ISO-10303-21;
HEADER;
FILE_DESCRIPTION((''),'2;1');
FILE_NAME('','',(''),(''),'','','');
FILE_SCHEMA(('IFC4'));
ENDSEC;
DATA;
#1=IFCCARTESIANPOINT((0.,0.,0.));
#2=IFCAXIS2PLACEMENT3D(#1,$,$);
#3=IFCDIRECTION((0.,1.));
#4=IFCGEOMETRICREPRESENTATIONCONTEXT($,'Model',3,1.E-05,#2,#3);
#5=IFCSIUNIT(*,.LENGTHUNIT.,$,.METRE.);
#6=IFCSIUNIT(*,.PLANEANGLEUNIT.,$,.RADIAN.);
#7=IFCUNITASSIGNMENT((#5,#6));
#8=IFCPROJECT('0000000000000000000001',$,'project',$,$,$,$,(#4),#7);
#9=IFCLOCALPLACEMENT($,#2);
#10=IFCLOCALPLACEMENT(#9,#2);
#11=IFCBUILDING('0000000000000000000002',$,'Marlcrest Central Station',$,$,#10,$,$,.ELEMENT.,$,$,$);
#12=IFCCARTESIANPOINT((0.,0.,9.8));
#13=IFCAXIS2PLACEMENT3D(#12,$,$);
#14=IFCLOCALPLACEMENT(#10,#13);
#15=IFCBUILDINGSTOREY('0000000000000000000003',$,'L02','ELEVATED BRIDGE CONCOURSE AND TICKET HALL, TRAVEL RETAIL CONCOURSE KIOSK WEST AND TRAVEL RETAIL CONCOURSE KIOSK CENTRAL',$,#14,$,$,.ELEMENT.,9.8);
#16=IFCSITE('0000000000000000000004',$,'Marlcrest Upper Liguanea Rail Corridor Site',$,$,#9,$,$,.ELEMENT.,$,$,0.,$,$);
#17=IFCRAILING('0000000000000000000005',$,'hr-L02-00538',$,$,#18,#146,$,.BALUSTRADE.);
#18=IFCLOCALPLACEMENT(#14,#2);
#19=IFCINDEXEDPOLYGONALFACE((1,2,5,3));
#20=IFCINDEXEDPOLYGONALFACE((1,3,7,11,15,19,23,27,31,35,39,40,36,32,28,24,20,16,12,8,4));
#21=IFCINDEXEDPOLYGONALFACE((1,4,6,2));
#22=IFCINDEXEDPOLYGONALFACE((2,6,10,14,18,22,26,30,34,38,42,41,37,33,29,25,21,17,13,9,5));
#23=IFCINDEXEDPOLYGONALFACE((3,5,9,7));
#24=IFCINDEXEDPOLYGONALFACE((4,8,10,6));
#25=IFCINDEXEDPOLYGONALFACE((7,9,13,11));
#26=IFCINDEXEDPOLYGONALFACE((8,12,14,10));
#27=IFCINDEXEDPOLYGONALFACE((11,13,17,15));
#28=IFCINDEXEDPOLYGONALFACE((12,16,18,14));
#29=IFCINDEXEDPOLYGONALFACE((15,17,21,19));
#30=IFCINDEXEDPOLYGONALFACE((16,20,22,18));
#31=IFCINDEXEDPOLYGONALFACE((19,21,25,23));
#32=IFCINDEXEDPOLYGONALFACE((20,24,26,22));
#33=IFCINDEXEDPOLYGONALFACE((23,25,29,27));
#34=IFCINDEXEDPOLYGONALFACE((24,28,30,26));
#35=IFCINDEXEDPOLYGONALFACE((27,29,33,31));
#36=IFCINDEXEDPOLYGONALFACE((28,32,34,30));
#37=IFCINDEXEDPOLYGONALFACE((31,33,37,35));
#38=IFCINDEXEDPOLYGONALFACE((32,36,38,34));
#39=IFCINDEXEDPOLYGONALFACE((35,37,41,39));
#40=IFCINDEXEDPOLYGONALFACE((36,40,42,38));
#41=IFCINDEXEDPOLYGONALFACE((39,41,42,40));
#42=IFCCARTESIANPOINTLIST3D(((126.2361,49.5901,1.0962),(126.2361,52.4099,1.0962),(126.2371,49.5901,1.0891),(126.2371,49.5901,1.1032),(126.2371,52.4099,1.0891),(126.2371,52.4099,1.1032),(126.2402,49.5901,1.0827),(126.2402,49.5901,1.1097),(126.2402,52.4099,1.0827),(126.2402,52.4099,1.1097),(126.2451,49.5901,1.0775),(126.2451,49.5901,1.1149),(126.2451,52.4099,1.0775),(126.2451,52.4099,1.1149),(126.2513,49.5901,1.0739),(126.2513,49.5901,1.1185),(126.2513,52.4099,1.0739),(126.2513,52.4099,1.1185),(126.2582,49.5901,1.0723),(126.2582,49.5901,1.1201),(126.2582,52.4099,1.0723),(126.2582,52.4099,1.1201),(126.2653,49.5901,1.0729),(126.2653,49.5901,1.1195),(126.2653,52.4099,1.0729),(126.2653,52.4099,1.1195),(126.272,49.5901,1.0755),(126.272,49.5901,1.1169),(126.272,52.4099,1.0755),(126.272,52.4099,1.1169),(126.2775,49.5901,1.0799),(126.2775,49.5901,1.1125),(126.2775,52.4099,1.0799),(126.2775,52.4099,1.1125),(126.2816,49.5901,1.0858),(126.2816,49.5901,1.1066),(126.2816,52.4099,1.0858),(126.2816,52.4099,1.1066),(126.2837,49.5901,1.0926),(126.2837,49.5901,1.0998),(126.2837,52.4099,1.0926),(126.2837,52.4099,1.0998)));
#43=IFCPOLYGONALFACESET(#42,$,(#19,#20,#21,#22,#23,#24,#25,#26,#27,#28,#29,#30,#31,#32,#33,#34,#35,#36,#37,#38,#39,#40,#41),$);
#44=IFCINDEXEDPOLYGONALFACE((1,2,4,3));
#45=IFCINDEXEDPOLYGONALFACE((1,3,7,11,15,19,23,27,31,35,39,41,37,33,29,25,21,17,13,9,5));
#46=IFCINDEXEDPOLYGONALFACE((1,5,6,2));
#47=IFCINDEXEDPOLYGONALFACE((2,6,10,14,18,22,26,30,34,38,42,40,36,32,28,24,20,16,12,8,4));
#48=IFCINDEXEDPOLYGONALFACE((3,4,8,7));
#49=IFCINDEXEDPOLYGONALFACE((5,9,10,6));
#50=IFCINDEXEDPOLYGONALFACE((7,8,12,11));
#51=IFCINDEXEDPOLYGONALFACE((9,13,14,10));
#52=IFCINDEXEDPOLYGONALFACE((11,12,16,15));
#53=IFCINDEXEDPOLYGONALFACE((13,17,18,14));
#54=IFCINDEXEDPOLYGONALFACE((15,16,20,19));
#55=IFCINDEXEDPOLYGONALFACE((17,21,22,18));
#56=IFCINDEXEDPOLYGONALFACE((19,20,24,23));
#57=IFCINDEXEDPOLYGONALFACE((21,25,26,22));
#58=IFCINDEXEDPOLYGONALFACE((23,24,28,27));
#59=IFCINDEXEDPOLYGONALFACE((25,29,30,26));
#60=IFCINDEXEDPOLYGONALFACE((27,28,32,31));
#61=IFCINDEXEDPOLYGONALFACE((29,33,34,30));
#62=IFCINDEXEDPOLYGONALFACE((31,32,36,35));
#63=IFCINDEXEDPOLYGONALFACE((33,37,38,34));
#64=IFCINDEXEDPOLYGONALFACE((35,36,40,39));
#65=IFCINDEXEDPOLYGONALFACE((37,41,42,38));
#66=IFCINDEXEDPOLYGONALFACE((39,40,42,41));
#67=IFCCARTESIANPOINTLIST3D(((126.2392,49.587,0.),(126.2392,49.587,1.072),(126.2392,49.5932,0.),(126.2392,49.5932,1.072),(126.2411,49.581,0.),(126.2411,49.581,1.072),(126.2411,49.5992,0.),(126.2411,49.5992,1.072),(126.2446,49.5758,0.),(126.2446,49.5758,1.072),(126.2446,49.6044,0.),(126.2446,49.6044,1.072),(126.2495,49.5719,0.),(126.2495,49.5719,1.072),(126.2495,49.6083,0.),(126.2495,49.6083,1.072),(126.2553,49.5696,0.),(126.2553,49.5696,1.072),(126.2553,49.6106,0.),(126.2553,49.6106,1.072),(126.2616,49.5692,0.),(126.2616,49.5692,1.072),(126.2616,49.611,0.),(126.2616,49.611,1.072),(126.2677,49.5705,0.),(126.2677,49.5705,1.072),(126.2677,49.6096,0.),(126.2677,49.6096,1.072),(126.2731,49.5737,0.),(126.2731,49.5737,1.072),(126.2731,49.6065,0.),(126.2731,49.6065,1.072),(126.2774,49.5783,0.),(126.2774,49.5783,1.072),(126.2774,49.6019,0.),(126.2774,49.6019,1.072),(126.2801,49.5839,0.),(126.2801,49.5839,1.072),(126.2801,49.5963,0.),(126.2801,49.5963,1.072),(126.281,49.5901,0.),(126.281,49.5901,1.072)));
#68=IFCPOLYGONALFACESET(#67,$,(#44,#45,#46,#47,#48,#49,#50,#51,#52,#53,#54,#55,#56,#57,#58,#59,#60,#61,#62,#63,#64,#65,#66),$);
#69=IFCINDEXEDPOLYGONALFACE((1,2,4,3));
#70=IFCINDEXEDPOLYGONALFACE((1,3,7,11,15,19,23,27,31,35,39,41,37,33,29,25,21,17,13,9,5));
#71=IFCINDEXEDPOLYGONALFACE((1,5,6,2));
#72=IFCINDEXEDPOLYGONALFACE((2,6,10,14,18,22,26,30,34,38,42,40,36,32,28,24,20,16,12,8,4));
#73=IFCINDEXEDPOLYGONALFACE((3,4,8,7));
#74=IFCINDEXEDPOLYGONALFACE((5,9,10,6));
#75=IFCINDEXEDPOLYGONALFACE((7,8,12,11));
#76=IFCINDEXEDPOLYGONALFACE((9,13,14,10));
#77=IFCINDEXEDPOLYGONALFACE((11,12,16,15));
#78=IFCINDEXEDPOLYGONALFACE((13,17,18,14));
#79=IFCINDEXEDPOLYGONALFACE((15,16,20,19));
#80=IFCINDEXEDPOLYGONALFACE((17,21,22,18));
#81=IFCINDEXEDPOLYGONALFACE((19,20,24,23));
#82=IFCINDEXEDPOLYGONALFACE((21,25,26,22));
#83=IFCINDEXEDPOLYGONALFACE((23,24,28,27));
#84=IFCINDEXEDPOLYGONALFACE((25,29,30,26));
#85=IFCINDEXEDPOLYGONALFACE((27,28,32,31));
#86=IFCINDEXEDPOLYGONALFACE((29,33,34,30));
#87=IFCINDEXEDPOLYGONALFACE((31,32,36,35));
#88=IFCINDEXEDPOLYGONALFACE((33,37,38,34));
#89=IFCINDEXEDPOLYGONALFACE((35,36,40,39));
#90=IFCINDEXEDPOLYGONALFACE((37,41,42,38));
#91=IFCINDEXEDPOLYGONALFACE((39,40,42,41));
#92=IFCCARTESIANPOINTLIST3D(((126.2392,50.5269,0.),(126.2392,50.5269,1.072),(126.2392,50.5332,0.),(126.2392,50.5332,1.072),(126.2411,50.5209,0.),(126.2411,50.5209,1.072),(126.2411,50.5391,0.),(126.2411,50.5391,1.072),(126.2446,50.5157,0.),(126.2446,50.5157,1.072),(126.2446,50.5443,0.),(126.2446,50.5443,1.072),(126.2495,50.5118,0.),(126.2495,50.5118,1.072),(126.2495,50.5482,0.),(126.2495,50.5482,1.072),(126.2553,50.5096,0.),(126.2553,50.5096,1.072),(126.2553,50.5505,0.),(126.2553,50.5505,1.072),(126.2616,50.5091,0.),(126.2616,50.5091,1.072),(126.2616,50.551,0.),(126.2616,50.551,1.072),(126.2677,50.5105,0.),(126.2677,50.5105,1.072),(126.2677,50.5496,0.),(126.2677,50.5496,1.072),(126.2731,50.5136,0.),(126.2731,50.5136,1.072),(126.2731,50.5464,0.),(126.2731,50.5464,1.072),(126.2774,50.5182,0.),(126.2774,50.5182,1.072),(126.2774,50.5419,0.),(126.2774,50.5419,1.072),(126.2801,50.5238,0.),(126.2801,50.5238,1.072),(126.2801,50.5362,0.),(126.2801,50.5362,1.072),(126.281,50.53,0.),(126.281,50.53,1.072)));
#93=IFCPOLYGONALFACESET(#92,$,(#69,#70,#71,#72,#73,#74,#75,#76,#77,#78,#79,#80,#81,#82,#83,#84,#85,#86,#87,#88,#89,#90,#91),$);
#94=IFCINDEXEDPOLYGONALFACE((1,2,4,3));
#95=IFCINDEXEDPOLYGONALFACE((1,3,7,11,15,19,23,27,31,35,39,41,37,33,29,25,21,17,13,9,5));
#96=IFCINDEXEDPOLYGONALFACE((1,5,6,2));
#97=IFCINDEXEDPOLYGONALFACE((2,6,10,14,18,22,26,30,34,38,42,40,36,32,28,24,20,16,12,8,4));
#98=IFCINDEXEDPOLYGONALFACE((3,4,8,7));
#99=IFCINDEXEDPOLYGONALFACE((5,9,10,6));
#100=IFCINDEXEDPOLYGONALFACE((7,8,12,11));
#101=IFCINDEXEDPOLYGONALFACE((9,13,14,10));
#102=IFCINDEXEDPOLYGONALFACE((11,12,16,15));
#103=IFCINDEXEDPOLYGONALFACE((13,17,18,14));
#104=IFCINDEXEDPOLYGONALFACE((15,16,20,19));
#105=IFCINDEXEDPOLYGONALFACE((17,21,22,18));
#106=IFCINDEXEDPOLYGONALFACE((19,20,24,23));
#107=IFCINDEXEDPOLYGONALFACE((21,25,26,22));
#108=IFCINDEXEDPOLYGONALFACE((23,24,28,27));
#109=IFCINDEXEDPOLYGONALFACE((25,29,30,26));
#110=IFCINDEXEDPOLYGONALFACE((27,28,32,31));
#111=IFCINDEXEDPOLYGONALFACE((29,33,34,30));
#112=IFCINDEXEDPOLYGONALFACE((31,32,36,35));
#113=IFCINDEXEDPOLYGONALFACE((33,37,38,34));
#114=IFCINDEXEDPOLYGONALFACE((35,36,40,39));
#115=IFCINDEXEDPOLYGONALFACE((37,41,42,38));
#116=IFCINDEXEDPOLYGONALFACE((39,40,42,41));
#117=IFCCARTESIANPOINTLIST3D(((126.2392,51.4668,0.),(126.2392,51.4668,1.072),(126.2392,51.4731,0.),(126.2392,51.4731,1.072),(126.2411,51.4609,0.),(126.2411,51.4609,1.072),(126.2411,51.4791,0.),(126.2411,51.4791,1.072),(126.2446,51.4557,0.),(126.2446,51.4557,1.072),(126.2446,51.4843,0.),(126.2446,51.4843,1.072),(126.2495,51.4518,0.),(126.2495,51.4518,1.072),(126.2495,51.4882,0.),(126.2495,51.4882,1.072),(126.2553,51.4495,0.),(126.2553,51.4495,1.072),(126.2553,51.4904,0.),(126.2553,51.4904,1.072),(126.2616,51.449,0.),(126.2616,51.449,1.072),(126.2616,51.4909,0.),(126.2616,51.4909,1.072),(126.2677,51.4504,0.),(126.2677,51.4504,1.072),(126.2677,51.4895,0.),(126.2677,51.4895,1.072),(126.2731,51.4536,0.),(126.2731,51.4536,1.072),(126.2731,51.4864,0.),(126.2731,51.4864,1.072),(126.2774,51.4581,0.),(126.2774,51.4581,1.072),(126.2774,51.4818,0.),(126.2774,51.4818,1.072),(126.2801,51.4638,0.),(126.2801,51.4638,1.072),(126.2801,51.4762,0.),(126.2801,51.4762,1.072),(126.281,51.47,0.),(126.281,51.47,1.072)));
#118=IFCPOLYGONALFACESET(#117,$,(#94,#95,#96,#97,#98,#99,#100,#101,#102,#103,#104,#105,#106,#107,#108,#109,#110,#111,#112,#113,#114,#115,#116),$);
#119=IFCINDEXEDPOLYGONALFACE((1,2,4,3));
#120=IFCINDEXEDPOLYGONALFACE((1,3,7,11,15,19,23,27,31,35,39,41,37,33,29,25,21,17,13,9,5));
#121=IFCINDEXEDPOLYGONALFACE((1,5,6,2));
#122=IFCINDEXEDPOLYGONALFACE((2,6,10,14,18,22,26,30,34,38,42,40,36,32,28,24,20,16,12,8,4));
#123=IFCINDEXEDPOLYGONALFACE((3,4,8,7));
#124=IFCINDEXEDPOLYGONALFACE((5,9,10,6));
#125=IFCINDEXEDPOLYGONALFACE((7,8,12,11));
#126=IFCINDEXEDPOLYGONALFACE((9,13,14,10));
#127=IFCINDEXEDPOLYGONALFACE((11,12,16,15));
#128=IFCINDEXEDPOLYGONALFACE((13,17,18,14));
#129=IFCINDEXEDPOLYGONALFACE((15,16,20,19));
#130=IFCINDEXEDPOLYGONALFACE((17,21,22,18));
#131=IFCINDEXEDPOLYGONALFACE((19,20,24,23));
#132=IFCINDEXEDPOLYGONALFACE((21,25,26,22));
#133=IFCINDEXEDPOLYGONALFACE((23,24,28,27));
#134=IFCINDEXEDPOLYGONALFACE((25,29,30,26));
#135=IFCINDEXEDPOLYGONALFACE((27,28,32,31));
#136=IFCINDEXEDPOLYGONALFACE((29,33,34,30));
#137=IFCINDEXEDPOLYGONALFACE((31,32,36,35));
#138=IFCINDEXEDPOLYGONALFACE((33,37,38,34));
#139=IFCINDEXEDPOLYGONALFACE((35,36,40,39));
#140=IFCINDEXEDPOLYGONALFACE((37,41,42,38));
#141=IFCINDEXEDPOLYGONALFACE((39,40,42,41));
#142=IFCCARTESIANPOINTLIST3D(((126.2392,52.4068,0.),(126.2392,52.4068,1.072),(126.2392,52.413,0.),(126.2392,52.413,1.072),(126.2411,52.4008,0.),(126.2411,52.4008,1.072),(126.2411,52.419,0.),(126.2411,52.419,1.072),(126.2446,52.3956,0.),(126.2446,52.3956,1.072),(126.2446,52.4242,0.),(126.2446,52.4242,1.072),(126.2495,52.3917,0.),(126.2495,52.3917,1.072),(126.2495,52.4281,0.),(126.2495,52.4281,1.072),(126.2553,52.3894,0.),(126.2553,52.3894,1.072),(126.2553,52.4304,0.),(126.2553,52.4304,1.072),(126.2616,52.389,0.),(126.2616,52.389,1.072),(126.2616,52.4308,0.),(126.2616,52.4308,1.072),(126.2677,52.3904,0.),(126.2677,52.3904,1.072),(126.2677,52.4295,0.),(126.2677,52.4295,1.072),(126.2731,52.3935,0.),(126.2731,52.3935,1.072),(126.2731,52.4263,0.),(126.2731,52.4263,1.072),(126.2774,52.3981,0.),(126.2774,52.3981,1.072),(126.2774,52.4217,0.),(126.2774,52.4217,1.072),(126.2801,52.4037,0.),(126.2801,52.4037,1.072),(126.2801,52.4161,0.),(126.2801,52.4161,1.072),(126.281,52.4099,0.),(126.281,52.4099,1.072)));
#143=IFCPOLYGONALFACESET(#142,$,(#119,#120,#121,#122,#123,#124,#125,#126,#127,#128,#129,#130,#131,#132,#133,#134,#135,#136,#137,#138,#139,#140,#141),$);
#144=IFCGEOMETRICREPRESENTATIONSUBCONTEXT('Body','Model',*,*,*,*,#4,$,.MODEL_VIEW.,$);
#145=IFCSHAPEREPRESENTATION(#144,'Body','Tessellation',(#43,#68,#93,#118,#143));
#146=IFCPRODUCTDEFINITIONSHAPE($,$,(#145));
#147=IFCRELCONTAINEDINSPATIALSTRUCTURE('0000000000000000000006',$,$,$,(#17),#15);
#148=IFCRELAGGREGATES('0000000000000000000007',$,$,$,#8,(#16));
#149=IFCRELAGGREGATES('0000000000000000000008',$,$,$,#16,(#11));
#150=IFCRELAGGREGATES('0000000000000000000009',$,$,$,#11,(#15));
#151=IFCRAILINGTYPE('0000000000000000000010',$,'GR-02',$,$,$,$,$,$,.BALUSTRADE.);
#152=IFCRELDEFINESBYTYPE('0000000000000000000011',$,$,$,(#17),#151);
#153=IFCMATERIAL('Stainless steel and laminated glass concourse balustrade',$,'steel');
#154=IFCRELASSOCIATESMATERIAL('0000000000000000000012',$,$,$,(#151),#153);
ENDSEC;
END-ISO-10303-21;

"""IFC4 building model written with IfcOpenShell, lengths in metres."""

from ifc_helpers import new_model, si_unit, direction, frame, origin, origin_2d, place, context, subcontext, project, spatial, circle, extrude, material, type_object, element, save


model = new_model("IFC4")

# Units and contexts
model_context = context("Model", 3, precision=1e-05, world=origin(), true_north=direction((0.0, 1.0)))
body_context = subcontext(model_context, "Body", "Model", "MODEL_VIEW")
ifc_project = project(units=[si_unit("LENGTHUNIT", "METRE"), si_unit("PLANEANGLEUNIT", "RADIAN")], contexts=[model_context])

# Site, building, storey
site_placement = place(None, origin())
site = spatial("IfcSite", under=ifc_project, at=site_placement, Name="Marlcrest Upper Liguanea Rail Corridor Site", CompositionType="ELEMENT", RefElevation=0.0)
building_placement = place(site_placement, origin())
building = spatial("IfcBuilding", under=site, at=building_placement, Name="Marlcrest Central Station", CompositionType="ELEMENT")
storey_placement = place(building_placement, frame((0.0, 0.0, 9.8)))
storey = spatial("IfcBuildingStorey", under=building, at=storey_placement, Name="L02", Description="ELEVATED BRIDGE CONCOURSE AND TICKET HALL, TRAVEL RETAIL CONCOURSE KIOSK WEST AND TRAVEL RETAIL CONCOURSE KIOSK CENTRAL", CompositionType="ELEMENT", Elevation=9.8)

# Railing
ifc_material_1 = material(Name="Stainless steel and laminated glass concourse balustrade", Category="steel")
railing_type = type_object("IfcRailingType", Name="GR-02", PredefinedType="BALUSTRADE", material=ifc_material_1)
railing_1_placement = place(storey_placement, frame((126.26, 49.5901, 0.0)))
element("IfcRailing", 1, at=railing_1_placement, inside=storey, type_object=railing_type, Name="hr-L02-00538", PredefinedType="BALUSTRADE", context=body_context, shape_type="SweptSolid", body=[
    extrude(circle(Radius=0.0239, at=origin_2d()), frame((0.0, 0.0, 1.0962), z_axis=(0.0, 1.0, 0.0), x_axis=(-1.0, 0.0, 0.0)), (0.0, 0.0, 1.0), 2.8198),
    extrude(circle(Radius=0.021, at=origin_2d()), origin(), (0.0, 0.0, 1.0), 1.072),
    extrude(circle(Radius=0.021, at=origin_2d()), frame((0.0, 0.9399, 0.0)), (0.0, 0.0, 1.0), 1.072),
    extrude(circle(Radius=0.021, at=origin_2d()), frame((0.0, 1.8799, 0.0)), (0.0, 0.0, 1.0), 1.072),
    extrude(circle(Radius=0.021, at=origin_2d()), frame((0.0, 2.8198, 0.0)), (0.0, 0.0, 1.0), 1.072),
])

save(model, "model.ifc")
